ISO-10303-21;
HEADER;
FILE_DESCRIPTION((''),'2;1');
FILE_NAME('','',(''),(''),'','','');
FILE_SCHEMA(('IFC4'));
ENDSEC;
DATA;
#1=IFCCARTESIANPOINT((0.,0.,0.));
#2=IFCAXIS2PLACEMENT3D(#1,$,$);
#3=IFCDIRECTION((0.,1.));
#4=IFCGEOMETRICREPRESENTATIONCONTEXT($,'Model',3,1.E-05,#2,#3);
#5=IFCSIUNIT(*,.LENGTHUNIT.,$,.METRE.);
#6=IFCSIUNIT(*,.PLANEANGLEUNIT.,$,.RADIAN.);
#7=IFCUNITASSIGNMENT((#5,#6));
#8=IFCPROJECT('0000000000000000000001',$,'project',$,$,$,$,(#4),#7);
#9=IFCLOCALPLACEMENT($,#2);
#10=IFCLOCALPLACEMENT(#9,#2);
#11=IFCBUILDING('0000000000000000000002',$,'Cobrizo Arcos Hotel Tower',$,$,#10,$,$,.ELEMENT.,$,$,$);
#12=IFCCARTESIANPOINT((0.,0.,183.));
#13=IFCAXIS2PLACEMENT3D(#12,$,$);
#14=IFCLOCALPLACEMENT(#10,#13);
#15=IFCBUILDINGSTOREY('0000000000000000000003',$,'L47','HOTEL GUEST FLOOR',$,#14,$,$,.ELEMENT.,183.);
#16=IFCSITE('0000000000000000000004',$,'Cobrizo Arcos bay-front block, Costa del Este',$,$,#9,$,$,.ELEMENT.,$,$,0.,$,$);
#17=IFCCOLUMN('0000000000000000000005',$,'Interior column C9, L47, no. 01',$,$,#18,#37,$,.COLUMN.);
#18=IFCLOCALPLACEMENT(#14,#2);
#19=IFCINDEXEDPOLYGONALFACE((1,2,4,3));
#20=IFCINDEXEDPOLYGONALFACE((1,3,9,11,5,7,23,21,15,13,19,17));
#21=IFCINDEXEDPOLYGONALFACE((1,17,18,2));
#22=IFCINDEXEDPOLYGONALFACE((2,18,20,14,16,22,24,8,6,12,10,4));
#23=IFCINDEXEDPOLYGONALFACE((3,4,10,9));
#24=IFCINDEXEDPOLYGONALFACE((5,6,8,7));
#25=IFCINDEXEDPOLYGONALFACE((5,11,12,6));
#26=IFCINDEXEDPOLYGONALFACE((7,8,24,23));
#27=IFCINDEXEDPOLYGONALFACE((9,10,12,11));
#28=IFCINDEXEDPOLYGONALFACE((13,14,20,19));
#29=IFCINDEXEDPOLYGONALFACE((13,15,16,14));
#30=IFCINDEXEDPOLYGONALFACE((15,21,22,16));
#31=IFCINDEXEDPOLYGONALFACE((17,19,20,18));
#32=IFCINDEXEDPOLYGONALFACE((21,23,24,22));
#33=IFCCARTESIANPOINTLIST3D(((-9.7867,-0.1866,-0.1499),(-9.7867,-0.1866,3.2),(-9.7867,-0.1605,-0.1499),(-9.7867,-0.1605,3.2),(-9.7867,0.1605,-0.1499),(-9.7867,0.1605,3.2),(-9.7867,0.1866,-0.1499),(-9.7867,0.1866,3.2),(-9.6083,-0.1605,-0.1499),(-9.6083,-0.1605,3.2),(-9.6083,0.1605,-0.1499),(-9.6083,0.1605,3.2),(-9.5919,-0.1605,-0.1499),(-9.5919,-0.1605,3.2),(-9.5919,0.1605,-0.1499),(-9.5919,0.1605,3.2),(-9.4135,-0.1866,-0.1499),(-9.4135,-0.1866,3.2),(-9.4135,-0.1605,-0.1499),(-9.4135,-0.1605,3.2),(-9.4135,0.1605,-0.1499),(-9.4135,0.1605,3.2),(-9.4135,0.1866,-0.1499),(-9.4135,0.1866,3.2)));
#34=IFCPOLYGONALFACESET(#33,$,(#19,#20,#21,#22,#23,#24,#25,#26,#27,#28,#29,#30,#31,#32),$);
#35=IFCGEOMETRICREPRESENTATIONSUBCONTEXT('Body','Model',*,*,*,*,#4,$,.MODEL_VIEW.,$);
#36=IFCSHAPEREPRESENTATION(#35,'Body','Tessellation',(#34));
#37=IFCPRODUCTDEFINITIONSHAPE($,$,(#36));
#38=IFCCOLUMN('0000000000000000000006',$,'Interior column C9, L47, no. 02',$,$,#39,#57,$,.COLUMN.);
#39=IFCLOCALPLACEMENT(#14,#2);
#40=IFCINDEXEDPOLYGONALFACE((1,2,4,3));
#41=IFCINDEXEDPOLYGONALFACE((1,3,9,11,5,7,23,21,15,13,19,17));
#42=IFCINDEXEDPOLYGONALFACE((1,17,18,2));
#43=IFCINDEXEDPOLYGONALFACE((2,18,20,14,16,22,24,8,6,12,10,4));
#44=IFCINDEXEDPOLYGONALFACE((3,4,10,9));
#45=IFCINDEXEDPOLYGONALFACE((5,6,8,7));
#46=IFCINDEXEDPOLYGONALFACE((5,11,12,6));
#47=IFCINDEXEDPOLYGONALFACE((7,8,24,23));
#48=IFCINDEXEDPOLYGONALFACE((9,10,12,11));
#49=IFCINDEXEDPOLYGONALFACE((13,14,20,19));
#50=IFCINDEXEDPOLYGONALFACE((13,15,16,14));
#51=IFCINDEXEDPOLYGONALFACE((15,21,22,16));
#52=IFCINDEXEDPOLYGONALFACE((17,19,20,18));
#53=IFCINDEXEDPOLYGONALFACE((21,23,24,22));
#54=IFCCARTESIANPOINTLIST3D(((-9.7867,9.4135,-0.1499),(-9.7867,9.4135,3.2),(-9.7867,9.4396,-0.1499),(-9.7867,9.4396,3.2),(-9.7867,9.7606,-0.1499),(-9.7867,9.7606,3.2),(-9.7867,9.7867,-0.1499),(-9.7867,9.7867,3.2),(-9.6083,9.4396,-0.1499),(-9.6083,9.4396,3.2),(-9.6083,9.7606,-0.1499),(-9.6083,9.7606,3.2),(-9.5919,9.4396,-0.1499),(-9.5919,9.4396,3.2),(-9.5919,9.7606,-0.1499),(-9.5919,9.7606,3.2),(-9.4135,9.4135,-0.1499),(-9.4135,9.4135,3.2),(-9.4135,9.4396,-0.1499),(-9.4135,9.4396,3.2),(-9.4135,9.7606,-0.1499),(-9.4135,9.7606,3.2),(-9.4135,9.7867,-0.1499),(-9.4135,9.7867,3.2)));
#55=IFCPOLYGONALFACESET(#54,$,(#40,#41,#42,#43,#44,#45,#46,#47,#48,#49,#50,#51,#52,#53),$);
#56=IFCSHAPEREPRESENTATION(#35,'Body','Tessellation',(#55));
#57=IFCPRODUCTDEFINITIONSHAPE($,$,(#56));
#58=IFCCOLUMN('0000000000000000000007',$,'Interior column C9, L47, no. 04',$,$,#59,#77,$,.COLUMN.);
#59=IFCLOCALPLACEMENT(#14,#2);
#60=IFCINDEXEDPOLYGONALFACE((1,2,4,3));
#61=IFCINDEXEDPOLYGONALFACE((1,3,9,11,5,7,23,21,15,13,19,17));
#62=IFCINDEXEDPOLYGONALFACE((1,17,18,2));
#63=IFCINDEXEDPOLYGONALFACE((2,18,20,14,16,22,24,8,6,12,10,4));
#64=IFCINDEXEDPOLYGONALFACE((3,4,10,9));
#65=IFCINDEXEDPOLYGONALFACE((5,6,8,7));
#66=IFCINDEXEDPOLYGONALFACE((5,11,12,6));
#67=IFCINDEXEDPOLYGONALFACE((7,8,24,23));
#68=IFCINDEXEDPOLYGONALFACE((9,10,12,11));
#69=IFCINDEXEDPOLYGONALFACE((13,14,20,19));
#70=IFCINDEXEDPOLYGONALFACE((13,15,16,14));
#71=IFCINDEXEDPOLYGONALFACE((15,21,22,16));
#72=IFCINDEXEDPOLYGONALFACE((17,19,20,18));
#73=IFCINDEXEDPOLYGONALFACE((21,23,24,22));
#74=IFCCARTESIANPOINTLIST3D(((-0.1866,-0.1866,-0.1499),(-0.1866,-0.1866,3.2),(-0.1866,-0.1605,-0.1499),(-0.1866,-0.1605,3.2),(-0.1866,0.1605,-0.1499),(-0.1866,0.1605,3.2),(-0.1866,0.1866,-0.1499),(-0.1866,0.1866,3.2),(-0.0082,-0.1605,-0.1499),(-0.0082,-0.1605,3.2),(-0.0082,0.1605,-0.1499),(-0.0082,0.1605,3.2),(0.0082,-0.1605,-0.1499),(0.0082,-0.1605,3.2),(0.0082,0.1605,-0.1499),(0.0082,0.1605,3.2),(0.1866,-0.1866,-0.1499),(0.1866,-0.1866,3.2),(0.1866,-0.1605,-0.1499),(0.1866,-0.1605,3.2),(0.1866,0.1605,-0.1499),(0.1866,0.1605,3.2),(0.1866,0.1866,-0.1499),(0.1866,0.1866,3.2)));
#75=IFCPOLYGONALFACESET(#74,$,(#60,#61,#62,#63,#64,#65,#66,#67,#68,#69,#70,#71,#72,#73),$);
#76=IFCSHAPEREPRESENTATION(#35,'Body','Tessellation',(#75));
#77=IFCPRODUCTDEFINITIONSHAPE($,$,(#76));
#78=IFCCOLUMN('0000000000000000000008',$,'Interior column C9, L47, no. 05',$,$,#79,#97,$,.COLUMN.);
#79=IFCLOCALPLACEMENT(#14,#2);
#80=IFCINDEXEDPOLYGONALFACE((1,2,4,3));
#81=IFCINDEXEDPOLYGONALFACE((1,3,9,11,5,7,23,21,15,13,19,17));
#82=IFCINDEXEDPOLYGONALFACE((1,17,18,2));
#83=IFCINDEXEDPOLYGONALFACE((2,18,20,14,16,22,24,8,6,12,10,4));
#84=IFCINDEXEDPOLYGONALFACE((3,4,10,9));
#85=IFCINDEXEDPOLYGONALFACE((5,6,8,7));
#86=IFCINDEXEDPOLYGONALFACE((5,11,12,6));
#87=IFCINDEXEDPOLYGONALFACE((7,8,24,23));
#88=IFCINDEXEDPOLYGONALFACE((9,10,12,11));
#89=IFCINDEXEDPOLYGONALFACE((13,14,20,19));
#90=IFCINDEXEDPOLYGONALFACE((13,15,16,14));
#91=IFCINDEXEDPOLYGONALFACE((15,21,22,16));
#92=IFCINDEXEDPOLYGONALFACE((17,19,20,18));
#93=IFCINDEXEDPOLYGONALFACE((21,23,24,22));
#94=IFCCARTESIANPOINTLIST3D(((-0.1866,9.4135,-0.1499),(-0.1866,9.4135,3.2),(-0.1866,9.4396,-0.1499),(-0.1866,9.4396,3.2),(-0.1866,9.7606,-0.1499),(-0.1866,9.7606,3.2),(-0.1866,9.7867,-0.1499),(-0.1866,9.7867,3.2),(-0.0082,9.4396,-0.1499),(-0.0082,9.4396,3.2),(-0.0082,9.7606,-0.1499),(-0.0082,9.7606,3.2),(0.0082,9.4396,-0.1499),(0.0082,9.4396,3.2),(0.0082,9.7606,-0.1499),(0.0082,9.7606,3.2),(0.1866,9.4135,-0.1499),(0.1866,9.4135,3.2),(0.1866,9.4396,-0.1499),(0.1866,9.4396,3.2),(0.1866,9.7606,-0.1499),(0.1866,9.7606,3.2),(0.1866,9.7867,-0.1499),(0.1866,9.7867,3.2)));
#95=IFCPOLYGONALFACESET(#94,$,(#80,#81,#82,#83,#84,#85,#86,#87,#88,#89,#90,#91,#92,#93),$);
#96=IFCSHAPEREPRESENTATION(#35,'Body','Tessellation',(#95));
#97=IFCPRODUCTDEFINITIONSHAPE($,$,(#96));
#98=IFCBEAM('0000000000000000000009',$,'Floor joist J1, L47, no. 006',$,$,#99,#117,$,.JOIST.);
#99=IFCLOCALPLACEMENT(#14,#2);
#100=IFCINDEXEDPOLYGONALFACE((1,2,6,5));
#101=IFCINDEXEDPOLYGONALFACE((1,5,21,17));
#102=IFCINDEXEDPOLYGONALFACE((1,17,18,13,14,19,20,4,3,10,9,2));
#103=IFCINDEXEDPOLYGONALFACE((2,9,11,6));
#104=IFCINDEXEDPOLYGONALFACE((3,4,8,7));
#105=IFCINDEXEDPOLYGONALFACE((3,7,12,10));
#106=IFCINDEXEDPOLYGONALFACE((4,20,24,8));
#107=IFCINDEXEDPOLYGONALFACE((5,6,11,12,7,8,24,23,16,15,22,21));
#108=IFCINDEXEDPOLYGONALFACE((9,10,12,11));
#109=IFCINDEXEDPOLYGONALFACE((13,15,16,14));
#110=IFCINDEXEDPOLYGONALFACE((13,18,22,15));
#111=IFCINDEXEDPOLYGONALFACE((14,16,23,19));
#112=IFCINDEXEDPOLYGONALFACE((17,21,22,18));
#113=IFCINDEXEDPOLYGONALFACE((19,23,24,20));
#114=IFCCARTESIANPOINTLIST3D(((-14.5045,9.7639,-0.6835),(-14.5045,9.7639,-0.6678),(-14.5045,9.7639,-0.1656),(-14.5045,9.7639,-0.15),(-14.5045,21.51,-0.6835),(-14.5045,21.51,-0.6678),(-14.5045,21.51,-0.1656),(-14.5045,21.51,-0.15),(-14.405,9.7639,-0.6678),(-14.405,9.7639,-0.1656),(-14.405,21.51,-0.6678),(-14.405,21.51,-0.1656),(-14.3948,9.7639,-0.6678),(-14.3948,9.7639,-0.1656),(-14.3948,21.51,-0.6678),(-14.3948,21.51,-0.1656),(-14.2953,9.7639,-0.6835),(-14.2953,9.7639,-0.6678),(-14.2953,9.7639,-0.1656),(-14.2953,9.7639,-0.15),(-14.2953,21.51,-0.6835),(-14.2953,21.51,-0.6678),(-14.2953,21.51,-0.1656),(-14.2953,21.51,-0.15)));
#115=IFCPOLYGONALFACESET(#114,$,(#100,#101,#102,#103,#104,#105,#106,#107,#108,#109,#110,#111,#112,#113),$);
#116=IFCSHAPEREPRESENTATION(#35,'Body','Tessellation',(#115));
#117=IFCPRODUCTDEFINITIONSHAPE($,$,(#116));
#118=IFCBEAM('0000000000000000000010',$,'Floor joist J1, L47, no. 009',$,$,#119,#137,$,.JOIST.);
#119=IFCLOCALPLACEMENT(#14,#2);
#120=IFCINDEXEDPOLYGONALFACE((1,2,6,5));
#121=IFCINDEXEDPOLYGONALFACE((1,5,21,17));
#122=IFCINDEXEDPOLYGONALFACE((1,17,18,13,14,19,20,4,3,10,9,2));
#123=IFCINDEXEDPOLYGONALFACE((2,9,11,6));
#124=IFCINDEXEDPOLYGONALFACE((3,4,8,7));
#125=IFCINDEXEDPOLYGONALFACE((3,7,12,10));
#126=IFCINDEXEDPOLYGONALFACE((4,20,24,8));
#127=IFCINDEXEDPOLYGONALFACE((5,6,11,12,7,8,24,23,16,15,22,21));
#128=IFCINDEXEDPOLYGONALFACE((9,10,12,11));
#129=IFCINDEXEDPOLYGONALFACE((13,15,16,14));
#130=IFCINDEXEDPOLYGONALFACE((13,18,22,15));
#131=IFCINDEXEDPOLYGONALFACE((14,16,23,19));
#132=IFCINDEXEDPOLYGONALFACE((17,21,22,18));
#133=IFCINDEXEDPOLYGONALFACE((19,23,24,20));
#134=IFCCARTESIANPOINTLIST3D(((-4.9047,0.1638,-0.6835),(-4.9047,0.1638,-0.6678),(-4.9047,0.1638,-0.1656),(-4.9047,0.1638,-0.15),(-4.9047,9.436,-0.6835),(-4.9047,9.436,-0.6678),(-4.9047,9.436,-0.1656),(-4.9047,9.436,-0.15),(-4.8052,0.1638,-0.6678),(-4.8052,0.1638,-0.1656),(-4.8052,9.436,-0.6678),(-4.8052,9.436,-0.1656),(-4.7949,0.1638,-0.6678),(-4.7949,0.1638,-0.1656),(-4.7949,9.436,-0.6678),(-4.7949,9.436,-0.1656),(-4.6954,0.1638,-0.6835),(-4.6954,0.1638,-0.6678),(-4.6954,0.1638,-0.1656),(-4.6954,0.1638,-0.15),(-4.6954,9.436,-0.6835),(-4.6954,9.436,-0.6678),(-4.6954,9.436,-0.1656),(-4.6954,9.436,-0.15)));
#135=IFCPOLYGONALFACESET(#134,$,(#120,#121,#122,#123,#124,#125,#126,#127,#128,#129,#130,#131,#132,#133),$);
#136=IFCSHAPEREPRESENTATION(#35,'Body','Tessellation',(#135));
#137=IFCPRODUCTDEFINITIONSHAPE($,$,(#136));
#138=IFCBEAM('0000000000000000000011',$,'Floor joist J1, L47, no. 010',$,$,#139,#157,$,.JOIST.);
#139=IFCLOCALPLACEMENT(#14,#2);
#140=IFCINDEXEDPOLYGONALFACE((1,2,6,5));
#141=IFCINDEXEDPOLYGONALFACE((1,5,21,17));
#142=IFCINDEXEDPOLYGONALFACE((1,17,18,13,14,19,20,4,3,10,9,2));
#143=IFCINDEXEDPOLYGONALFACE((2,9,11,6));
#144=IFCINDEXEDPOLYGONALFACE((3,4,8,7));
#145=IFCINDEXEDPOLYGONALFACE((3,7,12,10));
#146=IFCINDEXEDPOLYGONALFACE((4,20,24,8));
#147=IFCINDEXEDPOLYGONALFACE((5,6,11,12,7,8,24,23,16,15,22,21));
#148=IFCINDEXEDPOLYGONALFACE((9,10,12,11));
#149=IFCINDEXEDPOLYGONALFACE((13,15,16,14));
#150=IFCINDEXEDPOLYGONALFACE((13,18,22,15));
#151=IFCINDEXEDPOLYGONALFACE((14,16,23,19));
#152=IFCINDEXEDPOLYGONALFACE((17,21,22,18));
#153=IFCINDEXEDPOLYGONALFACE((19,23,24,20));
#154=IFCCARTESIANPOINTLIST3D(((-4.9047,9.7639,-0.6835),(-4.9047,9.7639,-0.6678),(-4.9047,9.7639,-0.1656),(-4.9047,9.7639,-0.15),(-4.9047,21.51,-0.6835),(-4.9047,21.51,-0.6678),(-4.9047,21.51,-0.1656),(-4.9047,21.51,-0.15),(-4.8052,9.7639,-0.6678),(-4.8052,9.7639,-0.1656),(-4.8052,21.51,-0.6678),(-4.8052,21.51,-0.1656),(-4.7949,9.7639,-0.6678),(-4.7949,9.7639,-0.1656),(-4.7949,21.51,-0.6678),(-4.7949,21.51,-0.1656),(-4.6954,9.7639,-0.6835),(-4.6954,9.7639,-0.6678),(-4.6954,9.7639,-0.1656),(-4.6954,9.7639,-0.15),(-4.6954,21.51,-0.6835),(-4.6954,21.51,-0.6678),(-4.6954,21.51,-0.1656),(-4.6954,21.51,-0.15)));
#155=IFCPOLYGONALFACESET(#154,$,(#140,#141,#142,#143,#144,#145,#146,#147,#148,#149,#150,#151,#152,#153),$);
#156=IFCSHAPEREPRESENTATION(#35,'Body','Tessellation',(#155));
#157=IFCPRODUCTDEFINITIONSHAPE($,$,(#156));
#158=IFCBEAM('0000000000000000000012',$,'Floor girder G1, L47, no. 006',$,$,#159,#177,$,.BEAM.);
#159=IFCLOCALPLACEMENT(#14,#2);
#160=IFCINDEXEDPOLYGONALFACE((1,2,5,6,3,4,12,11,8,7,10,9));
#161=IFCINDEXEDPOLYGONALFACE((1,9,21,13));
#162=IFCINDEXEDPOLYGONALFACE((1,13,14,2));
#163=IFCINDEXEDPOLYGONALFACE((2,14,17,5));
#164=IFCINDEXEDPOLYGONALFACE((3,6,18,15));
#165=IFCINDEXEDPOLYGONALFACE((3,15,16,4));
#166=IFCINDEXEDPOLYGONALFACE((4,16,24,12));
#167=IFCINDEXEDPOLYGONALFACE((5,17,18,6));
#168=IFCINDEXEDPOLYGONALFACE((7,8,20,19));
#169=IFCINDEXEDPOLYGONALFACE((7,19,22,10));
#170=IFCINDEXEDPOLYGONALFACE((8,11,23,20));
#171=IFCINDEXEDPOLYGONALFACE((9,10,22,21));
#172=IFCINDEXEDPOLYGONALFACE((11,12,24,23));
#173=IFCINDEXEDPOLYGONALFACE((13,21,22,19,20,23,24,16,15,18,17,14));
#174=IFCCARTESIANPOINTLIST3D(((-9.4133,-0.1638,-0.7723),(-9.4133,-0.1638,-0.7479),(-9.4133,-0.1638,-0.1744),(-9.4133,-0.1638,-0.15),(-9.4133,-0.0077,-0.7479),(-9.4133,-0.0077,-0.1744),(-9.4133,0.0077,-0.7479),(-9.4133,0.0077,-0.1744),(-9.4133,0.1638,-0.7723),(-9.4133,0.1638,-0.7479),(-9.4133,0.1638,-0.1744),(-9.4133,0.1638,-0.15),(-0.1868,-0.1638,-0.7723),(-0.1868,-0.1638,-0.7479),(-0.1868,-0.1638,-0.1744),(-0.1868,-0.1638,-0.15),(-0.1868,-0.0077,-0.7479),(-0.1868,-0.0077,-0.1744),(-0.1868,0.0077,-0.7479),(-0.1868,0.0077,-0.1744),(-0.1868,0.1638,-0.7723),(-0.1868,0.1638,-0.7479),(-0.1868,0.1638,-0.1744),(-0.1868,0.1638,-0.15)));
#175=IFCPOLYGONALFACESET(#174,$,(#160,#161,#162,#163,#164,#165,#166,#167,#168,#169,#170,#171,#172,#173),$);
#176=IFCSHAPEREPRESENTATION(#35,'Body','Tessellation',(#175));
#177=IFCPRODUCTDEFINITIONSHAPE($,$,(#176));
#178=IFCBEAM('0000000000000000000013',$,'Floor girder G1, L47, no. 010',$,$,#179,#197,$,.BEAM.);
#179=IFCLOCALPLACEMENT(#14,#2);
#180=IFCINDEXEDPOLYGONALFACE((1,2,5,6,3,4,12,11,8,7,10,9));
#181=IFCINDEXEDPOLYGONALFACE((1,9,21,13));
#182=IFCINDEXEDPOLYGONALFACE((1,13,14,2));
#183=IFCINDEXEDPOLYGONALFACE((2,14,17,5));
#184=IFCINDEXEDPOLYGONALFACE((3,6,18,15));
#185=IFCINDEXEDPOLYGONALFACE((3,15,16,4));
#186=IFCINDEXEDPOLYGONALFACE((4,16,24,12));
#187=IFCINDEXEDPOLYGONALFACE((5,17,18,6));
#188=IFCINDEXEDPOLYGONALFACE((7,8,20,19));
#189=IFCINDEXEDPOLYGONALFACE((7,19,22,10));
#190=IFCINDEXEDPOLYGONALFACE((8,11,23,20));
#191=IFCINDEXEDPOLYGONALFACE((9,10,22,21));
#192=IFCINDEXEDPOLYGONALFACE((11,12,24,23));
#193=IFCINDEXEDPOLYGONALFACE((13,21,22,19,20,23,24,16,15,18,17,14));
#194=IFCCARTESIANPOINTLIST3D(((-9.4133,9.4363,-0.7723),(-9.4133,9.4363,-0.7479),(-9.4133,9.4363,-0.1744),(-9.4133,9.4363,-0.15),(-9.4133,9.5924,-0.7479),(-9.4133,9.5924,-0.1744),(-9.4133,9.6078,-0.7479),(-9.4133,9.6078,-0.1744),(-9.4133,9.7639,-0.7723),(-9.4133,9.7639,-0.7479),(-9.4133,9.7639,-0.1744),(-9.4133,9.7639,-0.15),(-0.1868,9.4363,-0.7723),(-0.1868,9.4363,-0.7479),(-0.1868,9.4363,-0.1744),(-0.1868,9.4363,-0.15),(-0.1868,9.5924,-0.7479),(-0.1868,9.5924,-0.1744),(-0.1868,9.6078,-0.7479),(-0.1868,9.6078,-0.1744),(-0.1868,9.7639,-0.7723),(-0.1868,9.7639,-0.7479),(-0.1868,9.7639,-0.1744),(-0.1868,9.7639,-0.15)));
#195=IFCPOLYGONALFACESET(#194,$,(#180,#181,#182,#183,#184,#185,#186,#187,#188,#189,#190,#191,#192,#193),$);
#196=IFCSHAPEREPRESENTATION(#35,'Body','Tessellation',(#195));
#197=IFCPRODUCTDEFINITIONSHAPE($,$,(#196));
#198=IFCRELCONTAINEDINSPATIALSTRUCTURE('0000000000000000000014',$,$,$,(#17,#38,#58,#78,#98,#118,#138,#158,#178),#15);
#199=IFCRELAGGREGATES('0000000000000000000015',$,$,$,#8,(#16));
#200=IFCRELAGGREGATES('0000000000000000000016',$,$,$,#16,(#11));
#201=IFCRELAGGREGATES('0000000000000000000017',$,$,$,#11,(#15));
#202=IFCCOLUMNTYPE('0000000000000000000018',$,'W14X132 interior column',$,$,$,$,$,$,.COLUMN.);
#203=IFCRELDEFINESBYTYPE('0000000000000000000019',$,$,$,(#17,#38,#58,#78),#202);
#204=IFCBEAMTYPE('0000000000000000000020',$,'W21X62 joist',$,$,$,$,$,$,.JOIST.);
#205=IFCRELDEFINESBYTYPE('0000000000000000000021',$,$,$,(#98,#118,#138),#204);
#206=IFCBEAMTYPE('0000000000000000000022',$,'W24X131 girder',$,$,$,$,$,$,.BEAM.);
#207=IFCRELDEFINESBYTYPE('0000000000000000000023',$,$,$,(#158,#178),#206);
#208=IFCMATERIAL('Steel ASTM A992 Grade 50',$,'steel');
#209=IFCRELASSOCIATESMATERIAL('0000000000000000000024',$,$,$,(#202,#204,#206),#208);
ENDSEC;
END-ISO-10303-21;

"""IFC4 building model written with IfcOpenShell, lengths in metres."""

from ifc_helpers import new_model, si_unit, direction, frame, origin, origin_2d, place, context, subcontext, project, spatial, i_section, extrude, material, material_profile, profile_set, type_object, element, save


model = new_model("IFC4")

# Units and contexts
model_context = context("Model", 3, precision=1e-05, world=origin(), true_north=direction((0.0, 1.0)))
body_context = subcontext(model_context, "Body", "Model", "MODEL_VIEW")
ifc_project = project(units=[si_unit("LENGTHUNIT", "METRE"), si_unit("PLANEANGLEUNIT", "RADIAN")], contexts=[model_context])

# Site, building, storey
site_placement = place(None, origin())
site = spatial("IfcSite", under=ifc_project, at=site_placement, Name="Cobrizo Arcos bay-front block, Costa del Este", CompositionType="ELEMENT", RefElevation=0.0)
building_placement = place(site_placement, origin())
building = spatial("IfcBuilding", under=site, at=building_placement, Name="Cobrizo Arcos Hotel Tower", CompositionType="ELEMENT")
storey_placement = place(building_placement, frame((0.0, 0.0, 183.0)))
storey = spatial("IfcBuildingStorey", under=building, at=storey_placement, Name="L47", Description="HOTEL GUEST FLOOR", CompositionType="ELEMENT", Elevation=183.0)

# Columns
ifc_material_1 = material(Name="Steel ASTM A992 Grade 50", Category="steel")
ifc_material_profile_1 = material_profile(ifc_material_1, i_section(OverallWidth=0.3733, OverallDepth=0.3733, WebThickness=0.0164, FlangeThickness=0.0261, at=origin_2d()), Name="W14X132")
ifc_profile_set_1 = profile_set([ifc_material_profile_1], Name="Steel ASTM A992 Grade 50")
column_type = type_object("IfcColumnType", Name="W14X132 interior column", PredefinedType="COLUMN", material=ifc_profile_set_1)
for number, where, z_axis, x_axis, name in (
    (1, (-9.6001, 0.0, -0.1499), (0.0, 0.0, 1.0), (1.0, 0.0, 0.0), "Interior column C9, L47, no. 01"),
    (2, (-9.6001, 9.6001, -0.1499), (0.0, 0.0, 1.0), (1.0, 0.0, 0.0), "Interior column C9, L47, no. 02"),
    (3, (0.0, 0.0, -0.1499), (0.0, 0.0, 1.0), (1.0, 0.0, 0.0), "Interior column C9, L47, no. 04"),
    (4, (0.0, 9.6001, -0.1499), (0.0, 0.0, 1.0), (1.0, 0.0, 0.0), "Interior column C9, L47, no. 05"),
):
    element("IfcColumn", number, at=place(storey_placement, frame(where, z_axis=z_axis, x_axis=x_axis)), inside=storey, type_object=column_type, Name=name, PredefinedType="COLUMN", context=body_context, shape_type="SweptSolid", body=[
        extrude(i_section(OverallWidth=0.3733, OverallDepth=0.3733, WebThickness=0.0164, FlangeThickness=0.0261, at=origin_2d()), origin(), (0.0, 0.0, 1.0), 3.3499),
    ])

# Beams
ifc_material_profile_2 = material_profile(ifc_material_1, i_section(OverallWidth=0.2092, OverallDepth=0.5334, WebThickness=0.0103, FlangeThickness=0.0156, at=origin_2d()), Name="W21X62")
ifc_profile_set_2 = profile_set([ifc_material_profile_2], Name="Steel ASTM A992 Grade 50")
beam_type_1 = type_object("IfcBeamType", Name="W21X62 joist", PredefinedType="JOIST", material=ifc_profile_set_2)
beam_1_placement = place(storey_placement, frame((-14.3999, 9.7639, -0.4167), z_axis=(0.0, 1.0, 0.0), x_axis=(-1.0, 0.0, 0.0)))
element("IfcBeam", 5, at=beam_1_placement, inside=storey, type_object=beam_type_1, Name="Floor joist J1, L47, no. 006", PredefinedType="JOIST", context=body_context, shape_type="SweptSolid", body=[
    extrude(i_section(OverallWidth=0.2092, OverallDepth=0.5334, WebThickness=0.0103, FlangeThickness=0.0156, at=origin_2d()), origin(), (0.0, 0.0, 1.0), 11.7461),
])
beam_2_placement = place(storey_placement, frame((-4.8, 0.1638, -0.4167), z_axis=(0.0, 1.0, 0.0), x_axis=(-1.0, 0.0, 0.0)))
element("IfcBeam", 6, at=beam_2_placement, inside=storey, type_object=beam_type_1, Name="Floor joist J1, L47, no. 009", PredefinedType="JOIST", context=body_context, shape_type="SweptSolid", body=[
    extrude(i_section(OverallWidth=0.2092, OverallDepth=0.5334, WebThickness=0.0103, FlangeThickness=0.0156, at=origin_2d()), origin(), (0.0, 0.0, 1.0), 9.2722),
])
beam_3_placement = place(storey_placement, frame((-4.8, 9.7639, -0.4167), z_axis=(0.0, 1.0, 0.0), x_axis=(-1.0, 0.0, 0.0)))
element("IfcBeam", 7, at=beam_3_placement, inside=storey, type_object=beam_type_1, Name="Floor joist J1, L47, no. 010", PredefinedType="JOIST", context=body_context, shape_type="SweptSolid", body=[
    extrude(i_section(OverallWidth=0.2092, OverallDepth=0.5334, WebThickness=0.0103, FlangeThickness=0.0156, at=origin_2d()), origin(), (0.0, 0.0, 1.0), 11.7461),
])
ifc_material_profile_3 = material_profile(ifc_material_1, i_section(OverallWidth=0.3276, OverallDepth=0.6223, WebThickness=0.0154, FlangeThickness=0.0244, at=origin_2d()), Name="W24X131")
ifc_profile_set_3 = profile_set([ifc_material_profile_3], Name="Steel ASTM A992 Grade 50")
beam_type_2 = type_object("IfcBeamType", Name="W24X131 girder", PredefinedType="BEAM", material=ifc_profile_set_3)
for number, where, z_axis, x_axis, name in (
    (8, (-9.4133, 0.0, -0.4612), (1.0, 0.0, 0.0), (0.0, 1.0, 0.0), "Floor girder G1, L47, no. 006"),
    (9, (-9.4133, 9.6001, -0.4612), (1.0, 0.0, 0.0), (0.0, 1.0, 0.0), "Floor girder G1, L47, no. 010"),
):
    element("IfcBeam", number, at=place(storey_placement, frame(where, z_axis=z_axis, x_axis=x_axis)), inside=storey, type_object=beam_type_2, Name=name, PredefinedType="BEAM", context=body_context, shape_type="SweptSolid", body=[
        extrude(i_section(OverallWidth=0.3276, OverallDepth=0.6223, WebThickness=0.0154, FlangeThickness=0.0244, at=origin_2d()), origin(), (0.0, 0.0, 1.0), 9.2266),
    ])

save(model, "model.ifc")
